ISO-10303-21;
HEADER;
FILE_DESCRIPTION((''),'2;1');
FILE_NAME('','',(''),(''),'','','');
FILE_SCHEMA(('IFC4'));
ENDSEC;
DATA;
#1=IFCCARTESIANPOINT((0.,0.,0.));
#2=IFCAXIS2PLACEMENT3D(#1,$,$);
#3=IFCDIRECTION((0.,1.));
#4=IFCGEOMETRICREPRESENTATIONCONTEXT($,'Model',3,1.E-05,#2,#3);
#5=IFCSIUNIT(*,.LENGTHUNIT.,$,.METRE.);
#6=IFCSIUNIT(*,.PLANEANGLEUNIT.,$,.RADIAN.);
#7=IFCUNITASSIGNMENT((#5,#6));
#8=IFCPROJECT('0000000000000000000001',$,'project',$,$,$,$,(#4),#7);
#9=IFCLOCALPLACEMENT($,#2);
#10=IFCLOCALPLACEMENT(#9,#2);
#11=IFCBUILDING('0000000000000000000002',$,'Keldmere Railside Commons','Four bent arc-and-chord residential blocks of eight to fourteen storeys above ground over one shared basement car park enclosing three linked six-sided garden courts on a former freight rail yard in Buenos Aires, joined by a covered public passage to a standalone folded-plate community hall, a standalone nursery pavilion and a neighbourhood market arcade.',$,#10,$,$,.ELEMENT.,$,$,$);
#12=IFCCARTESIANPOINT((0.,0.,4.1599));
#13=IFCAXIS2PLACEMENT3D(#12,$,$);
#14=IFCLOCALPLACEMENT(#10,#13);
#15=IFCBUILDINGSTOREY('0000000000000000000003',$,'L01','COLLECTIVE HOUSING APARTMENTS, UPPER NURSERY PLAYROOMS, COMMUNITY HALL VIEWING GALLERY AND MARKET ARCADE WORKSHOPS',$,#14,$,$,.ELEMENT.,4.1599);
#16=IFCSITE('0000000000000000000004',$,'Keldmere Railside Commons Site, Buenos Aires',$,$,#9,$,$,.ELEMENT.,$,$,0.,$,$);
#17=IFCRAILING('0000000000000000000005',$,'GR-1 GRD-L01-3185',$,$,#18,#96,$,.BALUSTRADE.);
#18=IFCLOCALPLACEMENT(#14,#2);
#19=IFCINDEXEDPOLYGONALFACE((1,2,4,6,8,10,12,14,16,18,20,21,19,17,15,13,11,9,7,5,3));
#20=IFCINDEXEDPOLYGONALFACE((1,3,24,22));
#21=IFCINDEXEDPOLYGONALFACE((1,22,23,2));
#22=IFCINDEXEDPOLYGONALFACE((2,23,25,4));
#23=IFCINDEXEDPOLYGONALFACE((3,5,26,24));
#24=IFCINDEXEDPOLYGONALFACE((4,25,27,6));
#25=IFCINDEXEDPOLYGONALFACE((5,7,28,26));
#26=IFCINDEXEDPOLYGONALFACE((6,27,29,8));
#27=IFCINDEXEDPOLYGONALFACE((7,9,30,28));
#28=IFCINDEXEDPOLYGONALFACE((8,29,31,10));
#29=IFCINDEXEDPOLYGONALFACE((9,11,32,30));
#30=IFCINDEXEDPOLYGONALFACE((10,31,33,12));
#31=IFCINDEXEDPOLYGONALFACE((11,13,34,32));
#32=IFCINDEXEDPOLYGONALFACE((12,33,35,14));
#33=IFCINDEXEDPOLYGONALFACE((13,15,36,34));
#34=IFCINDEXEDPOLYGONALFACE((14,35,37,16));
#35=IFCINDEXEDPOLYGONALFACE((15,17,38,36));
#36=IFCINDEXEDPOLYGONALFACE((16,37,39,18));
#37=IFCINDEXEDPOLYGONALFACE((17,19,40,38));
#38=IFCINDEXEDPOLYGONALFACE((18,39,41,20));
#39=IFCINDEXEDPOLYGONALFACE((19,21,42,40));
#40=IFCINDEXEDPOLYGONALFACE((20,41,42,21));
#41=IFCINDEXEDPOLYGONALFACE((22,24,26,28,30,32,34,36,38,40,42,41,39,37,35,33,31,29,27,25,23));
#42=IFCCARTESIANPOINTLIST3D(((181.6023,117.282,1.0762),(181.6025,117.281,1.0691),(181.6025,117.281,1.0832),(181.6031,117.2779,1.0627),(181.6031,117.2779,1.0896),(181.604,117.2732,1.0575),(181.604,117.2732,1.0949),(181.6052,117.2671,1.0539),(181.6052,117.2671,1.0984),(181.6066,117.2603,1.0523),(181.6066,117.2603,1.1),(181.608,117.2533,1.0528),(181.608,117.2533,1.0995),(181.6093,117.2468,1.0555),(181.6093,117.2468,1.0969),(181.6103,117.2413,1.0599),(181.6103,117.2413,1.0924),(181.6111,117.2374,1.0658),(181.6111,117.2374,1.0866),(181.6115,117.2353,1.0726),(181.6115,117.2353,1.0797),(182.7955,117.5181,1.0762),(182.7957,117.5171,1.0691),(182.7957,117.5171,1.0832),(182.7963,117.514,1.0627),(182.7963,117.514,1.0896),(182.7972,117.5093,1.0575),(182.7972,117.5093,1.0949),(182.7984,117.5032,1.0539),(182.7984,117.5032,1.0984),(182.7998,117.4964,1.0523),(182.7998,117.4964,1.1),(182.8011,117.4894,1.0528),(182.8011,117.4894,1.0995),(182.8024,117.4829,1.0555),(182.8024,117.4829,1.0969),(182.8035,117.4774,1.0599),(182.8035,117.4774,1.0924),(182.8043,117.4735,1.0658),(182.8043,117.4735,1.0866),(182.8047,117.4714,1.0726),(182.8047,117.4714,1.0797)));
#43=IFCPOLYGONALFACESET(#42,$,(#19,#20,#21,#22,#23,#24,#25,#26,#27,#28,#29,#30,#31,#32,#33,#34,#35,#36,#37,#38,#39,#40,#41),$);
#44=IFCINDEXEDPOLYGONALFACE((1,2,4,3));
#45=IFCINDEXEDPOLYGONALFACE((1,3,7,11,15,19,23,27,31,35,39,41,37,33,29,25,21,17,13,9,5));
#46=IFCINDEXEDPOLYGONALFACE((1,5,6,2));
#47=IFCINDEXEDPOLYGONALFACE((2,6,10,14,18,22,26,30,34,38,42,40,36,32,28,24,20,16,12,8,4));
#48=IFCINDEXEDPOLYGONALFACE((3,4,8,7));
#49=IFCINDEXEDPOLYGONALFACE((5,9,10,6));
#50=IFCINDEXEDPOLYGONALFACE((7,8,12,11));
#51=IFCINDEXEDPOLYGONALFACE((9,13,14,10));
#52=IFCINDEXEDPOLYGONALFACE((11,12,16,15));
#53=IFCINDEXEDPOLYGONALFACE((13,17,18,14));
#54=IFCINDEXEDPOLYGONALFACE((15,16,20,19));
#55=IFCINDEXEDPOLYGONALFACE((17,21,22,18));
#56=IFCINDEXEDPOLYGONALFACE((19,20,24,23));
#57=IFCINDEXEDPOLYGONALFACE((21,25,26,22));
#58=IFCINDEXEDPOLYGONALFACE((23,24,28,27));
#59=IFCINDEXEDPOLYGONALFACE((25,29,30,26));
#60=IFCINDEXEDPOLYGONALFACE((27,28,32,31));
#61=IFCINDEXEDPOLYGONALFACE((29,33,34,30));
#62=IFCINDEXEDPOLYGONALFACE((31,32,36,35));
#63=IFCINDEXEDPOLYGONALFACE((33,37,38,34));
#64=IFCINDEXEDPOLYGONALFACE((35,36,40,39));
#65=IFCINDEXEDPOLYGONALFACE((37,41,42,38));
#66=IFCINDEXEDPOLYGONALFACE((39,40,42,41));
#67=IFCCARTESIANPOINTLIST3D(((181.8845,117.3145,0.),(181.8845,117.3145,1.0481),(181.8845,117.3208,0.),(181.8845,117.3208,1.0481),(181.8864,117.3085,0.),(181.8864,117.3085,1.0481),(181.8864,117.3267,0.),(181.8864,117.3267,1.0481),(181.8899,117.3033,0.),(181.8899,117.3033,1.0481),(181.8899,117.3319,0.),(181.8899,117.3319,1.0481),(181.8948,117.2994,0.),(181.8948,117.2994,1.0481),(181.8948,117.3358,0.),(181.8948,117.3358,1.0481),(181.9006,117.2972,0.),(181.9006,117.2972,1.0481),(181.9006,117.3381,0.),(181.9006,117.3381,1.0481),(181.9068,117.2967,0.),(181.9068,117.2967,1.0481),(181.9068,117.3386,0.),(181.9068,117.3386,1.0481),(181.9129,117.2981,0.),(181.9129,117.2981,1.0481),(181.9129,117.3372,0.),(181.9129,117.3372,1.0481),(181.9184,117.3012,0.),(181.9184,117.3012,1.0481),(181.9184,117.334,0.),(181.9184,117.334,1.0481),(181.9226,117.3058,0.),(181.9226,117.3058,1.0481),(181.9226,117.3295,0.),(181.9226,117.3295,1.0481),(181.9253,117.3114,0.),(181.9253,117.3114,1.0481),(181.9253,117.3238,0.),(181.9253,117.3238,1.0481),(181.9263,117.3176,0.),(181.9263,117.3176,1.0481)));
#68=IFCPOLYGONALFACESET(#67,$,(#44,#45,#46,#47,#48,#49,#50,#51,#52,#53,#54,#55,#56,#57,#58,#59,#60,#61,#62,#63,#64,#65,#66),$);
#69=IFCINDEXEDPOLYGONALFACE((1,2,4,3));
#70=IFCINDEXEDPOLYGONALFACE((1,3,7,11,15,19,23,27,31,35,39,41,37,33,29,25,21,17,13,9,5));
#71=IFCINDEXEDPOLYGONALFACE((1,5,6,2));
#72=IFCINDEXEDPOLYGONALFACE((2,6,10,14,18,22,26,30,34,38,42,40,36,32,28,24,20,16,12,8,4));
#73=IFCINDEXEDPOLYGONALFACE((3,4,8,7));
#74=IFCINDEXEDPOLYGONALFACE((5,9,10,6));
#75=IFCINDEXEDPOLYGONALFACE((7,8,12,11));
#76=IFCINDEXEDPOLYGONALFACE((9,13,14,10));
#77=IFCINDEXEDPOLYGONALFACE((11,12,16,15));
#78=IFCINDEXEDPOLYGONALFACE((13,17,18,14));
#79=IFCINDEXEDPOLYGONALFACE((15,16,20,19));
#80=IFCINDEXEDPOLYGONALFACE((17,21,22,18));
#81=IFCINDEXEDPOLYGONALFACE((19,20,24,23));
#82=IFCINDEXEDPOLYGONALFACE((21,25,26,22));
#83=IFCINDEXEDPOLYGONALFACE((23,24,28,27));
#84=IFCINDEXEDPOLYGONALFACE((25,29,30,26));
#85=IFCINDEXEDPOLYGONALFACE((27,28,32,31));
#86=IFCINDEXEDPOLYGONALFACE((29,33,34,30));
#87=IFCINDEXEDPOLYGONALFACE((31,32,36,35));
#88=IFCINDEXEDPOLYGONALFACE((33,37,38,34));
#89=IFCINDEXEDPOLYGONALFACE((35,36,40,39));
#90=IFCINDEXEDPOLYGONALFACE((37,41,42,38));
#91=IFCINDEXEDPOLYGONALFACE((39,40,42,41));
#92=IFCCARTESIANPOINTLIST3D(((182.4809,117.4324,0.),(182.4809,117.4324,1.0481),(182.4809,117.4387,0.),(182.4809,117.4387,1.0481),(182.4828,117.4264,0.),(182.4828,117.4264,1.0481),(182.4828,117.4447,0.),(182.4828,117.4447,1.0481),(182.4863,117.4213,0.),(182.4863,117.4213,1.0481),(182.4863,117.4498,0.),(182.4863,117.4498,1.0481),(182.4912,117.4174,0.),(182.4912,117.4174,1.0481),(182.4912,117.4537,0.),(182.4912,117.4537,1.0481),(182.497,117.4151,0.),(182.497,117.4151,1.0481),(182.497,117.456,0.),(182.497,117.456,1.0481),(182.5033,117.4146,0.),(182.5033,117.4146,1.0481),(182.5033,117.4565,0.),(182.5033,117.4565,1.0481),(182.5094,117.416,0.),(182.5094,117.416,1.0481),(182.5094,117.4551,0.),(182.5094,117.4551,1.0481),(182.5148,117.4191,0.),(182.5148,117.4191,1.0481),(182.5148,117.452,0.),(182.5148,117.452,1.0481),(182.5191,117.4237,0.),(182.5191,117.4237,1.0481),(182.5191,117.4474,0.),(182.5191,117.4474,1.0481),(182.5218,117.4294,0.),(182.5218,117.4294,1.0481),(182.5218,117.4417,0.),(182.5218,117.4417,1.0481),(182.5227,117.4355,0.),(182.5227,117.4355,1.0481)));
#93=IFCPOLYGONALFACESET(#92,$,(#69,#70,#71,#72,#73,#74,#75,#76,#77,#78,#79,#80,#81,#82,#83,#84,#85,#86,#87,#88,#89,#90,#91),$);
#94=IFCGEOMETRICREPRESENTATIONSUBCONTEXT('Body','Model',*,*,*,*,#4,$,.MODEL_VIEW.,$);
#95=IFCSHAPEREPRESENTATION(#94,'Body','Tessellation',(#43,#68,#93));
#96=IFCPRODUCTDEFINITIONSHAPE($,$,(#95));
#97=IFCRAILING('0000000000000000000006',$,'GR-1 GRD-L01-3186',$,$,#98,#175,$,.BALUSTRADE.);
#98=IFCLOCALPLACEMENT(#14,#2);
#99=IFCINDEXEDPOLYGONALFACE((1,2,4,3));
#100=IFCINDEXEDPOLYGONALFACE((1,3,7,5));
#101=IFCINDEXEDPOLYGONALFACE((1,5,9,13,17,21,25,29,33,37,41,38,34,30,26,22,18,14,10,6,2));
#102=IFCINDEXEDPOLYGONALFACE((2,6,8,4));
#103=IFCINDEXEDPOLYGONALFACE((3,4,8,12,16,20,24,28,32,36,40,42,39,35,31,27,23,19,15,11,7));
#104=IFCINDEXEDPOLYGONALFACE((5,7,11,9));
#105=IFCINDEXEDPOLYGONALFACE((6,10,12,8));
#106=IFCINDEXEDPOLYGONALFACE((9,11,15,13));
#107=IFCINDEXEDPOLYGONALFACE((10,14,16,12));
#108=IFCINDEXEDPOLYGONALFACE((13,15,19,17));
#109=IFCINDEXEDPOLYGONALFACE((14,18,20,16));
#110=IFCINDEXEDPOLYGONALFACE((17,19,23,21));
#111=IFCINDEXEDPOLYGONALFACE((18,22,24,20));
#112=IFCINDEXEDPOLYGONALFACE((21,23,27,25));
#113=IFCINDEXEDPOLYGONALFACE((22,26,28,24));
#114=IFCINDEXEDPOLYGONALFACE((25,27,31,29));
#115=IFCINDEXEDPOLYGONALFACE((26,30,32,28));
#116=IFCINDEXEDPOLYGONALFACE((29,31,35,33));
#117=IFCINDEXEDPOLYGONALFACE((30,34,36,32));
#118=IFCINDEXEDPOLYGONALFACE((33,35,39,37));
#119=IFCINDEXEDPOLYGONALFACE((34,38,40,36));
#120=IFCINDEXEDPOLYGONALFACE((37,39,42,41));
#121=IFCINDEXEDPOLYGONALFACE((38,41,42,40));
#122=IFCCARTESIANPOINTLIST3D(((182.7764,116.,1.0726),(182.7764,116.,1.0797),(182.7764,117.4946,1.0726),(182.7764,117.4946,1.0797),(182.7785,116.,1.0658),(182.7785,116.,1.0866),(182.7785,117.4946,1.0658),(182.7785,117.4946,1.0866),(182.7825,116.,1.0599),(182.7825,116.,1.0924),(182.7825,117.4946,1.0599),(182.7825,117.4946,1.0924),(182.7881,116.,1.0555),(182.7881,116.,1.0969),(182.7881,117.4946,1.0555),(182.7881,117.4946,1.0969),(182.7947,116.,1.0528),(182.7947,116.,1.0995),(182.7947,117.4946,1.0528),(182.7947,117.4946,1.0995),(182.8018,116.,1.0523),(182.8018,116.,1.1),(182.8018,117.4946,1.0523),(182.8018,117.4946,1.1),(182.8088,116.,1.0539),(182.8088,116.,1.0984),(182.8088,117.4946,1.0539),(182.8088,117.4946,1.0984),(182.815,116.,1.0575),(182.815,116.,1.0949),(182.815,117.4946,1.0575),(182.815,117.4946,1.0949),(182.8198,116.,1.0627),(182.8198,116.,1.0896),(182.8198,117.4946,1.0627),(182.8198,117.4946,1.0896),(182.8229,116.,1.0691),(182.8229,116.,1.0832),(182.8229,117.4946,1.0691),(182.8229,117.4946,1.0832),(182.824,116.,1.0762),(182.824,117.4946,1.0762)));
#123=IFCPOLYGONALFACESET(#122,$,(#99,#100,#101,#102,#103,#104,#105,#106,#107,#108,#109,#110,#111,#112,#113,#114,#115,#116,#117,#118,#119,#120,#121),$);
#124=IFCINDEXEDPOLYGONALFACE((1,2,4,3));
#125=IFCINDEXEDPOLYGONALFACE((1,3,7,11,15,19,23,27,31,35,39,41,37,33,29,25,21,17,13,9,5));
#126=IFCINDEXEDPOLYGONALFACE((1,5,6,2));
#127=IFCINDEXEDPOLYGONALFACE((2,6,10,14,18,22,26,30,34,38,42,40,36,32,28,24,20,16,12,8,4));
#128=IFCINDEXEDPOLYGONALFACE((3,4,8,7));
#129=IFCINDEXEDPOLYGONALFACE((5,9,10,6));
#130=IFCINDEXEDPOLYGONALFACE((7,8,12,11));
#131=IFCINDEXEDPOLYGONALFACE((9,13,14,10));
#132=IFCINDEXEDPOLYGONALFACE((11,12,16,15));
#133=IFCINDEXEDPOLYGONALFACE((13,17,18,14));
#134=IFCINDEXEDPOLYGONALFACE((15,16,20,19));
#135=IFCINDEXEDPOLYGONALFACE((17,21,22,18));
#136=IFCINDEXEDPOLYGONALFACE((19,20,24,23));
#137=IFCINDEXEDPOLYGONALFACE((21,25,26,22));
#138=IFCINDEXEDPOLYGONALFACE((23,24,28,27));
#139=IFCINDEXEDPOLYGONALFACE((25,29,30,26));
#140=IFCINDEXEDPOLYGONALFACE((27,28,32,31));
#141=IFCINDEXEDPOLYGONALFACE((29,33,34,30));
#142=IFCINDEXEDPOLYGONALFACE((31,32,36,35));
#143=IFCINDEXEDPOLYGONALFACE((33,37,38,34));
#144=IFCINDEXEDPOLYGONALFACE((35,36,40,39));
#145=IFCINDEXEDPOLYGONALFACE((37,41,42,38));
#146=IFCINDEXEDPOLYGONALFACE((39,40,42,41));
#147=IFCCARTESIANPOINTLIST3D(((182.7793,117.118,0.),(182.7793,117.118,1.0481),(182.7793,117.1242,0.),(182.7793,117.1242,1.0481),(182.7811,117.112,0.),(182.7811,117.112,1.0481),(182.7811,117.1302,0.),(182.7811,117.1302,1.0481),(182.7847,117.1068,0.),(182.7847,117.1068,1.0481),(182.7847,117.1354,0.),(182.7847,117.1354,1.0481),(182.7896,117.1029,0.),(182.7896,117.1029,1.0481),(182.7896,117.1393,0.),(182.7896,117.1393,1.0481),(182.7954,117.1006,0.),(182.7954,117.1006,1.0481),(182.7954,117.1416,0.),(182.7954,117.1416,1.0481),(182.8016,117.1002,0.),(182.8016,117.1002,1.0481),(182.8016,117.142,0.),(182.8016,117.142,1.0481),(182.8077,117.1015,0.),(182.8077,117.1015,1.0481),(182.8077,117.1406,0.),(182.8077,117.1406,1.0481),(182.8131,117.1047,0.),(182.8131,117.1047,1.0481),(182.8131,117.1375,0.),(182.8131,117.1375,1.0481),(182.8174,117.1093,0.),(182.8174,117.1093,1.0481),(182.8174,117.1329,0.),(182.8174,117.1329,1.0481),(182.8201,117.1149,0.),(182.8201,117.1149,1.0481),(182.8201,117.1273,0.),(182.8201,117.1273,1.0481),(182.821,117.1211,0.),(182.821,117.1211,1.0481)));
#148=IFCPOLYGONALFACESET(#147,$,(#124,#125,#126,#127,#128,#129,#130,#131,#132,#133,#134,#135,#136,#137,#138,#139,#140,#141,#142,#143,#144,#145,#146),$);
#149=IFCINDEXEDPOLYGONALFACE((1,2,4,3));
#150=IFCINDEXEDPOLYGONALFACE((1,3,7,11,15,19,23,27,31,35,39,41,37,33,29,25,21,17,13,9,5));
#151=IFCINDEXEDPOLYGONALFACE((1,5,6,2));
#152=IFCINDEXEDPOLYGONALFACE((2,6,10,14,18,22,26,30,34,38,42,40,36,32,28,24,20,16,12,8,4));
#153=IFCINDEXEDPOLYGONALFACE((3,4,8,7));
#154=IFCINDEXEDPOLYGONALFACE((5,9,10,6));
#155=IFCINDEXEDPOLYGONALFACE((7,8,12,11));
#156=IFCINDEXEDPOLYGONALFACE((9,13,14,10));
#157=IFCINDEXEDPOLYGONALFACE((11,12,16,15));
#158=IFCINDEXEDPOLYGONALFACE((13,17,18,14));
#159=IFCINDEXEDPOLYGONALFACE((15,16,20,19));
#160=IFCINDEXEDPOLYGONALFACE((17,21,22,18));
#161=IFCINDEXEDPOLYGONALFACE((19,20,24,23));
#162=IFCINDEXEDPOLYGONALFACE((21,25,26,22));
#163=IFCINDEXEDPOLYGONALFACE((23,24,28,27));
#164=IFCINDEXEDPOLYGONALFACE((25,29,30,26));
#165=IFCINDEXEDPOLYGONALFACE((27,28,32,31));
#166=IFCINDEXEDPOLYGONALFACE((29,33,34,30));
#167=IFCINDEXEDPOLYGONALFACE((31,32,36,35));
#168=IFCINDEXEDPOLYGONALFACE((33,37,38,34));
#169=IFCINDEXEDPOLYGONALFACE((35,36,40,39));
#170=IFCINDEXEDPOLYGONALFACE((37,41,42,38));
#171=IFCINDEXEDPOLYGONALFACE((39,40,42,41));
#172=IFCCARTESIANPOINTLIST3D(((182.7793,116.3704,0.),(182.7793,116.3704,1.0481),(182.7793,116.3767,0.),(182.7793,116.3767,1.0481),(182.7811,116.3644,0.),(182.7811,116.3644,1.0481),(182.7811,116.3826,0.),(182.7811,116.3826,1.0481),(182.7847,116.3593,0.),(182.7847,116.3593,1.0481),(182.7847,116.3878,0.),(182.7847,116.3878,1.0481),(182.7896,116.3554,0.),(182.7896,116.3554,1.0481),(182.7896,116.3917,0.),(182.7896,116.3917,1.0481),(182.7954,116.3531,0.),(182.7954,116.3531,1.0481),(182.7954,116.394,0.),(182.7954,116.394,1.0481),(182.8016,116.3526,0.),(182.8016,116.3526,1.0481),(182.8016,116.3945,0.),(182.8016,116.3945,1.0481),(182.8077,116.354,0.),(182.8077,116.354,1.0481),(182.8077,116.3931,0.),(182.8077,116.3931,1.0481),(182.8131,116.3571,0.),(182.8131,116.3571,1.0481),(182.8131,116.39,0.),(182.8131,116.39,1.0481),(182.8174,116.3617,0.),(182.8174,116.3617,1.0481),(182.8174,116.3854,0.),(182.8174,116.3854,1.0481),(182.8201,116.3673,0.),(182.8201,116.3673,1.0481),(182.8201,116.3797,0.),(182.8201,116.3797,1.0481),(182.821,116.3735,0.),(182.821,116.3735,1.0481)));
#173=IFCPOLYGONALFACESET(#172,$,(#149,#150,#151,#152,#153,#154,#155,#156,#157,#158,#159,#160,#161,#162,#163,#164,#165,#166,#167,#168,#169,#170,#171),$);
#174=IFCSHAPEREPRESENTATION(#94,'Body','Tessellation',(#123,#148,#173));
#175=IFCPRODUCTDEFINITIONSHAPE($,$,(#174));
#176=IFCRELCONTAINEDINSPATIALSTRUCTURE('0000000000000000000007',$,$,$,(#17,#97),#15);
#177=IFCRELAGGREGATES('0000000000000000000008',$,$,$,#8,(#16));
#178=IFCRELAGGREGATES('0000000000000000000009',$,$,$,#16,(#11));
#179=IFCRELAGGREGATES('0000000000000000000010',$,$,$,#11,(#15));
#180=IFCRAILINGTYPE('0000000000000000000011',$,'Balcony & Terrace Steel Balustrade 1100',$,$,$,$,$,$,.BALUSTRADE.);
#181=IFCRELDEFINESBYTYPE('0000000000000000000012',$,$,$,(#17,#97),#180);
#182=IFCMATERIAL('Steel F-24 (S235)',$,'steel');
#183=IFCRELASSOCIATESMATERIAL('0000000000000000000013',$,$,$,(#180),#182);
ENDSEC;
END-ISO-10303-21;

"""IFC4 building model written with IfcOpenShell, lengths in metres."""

from ifc_helpers import new_model, si_unit, direction, frame, origin, origin_2d, place, context, subcontext, project, spatial, circle, extrude, material, type_object, element, save


model = new_model("IFC4")

# Units and contexts
model_context = context("Model", 3, precision=1e-05, world=origin(), true_north=direction((0.0, 1.0)))
body_context = subcontext(model_context, "Body", "Model", "MODEL_VIEW")
ifc_project = project(units=[si_unit("LENGTHUNIT", "METRE"), si_unit("PLANEANGLEUNIT", "RADIAN")], contexts=[model_context])

# Site, building, storey
site_placement = place(None, origin())
site = spatial("IfcSite", under=ifc_project, at=site_placement, Name="Keldmere Railside Commons Site, Buenos Aires", CompositionType="ELEMENT", RefElevation=0.0)
building_placement = place(site_placement, origin())
building = spatial("IfcBuilding", under=site, at=building_placement, Name="Keldmere Railside Commons", Description="Four bent arc-and-chord residential blocks of eight to fourteen storeys above ground over one shared basement car park enclosing three linked six-sided garden courts on a former freight rail yard in Buenos Aires, joined by a covered public passage to a standalone folded-plate community hall, a standalone nursery pavilion and a neighbourhood market arcade.", CompositionType="ELEMENT")
storey_placement = place(building_placement, frame((0.0, 0.0, 4.1599)))
storey = spatial("IfcBuildingStorey", under=building, at=storey_placement, Name="L01", Description="COLLECTIVE HOUSING APARTMENTS, UPPER NURSERY PLAYROOMS, COMMUNITY HALL VIEWING GALLERY AND MARKET ARCADE WORKSHOPS", CompositionType="ELEMENT", Elevation=4.1599)

# Railings
ifc_material_1 = material(Name="Steel F-24 (S235)", Category="steel")
railing_type = type_object("IfcRailingType", Name="Balcony & Terrace Steel Balustrade 1100", PredefinedType="BALUSTRADE", material=ifc_material_1)
railing_1_placement = place(storey_placement, frame((181.6069, 117.2585, 0.0)))
element("IfcRailing", 1, at=railing_1_placement, inside=storey, type_object=railing_type, Name="GR-1 GRD-L01-3185", PredefinedType="BALUSTRADE", context=body_context, shape_type="SweptSolid", body=[
    extrude(circle(Radius=0.0239, at=origin_2d()), frame((0.0, 0.0, 1.0762), z_axis=(0.98098, 0.194108, 0.0), x_axis=(-0.194108, 0.98098, 0.0)), (0.0, 0.0, 1.0), 1.2163),
    extrude(circle(Radius=0.021, at=origin_2d()), frame((0.2983, 0.0591, 0.0)), (0.0, 0.0, 1.0), 1.0481),
    extrude(circle(Radius=0.021, at=origin_2d()), frame((0.8948, 0.177, 0.0)), (0.0, 0.0, 1.0), 1.0481),
])
railing_2_placement = place(storey_placement, frame((182.8, 117.4946, 0.0)))
element("IfcRailing", 2, at=railing_2_placement, inside=storey, type_object=railing_type, Name="GR-1 GRD-L01-3186", PredefinedType="BALUSTRADE", context=body_context, shape_type="SweptSolid", body=[
    extrude(circle(Radius=0.0239, at=origin_2d()), frame((0.0, 0.0, 1.0762), z_axis=(0.0, -1.0, 0.0), x_axis=(1.0, 0.0, 0.0)), (0.0, 0.0, 1.0), 1.4946),
    extrude(circle(Radius=0.021, at=origin_2d()), frame((0.0, -0.3735, 0.0)), (0.0, 0.0, 1.0), 1.0481),
    extrude(circle(Radius=0.021, at=origin_2d()), frame((0.0, -1.1211, 0.0)), (0.0, 0.0, 1.0), 1.0481),
])

save(model, "model.ifc")
